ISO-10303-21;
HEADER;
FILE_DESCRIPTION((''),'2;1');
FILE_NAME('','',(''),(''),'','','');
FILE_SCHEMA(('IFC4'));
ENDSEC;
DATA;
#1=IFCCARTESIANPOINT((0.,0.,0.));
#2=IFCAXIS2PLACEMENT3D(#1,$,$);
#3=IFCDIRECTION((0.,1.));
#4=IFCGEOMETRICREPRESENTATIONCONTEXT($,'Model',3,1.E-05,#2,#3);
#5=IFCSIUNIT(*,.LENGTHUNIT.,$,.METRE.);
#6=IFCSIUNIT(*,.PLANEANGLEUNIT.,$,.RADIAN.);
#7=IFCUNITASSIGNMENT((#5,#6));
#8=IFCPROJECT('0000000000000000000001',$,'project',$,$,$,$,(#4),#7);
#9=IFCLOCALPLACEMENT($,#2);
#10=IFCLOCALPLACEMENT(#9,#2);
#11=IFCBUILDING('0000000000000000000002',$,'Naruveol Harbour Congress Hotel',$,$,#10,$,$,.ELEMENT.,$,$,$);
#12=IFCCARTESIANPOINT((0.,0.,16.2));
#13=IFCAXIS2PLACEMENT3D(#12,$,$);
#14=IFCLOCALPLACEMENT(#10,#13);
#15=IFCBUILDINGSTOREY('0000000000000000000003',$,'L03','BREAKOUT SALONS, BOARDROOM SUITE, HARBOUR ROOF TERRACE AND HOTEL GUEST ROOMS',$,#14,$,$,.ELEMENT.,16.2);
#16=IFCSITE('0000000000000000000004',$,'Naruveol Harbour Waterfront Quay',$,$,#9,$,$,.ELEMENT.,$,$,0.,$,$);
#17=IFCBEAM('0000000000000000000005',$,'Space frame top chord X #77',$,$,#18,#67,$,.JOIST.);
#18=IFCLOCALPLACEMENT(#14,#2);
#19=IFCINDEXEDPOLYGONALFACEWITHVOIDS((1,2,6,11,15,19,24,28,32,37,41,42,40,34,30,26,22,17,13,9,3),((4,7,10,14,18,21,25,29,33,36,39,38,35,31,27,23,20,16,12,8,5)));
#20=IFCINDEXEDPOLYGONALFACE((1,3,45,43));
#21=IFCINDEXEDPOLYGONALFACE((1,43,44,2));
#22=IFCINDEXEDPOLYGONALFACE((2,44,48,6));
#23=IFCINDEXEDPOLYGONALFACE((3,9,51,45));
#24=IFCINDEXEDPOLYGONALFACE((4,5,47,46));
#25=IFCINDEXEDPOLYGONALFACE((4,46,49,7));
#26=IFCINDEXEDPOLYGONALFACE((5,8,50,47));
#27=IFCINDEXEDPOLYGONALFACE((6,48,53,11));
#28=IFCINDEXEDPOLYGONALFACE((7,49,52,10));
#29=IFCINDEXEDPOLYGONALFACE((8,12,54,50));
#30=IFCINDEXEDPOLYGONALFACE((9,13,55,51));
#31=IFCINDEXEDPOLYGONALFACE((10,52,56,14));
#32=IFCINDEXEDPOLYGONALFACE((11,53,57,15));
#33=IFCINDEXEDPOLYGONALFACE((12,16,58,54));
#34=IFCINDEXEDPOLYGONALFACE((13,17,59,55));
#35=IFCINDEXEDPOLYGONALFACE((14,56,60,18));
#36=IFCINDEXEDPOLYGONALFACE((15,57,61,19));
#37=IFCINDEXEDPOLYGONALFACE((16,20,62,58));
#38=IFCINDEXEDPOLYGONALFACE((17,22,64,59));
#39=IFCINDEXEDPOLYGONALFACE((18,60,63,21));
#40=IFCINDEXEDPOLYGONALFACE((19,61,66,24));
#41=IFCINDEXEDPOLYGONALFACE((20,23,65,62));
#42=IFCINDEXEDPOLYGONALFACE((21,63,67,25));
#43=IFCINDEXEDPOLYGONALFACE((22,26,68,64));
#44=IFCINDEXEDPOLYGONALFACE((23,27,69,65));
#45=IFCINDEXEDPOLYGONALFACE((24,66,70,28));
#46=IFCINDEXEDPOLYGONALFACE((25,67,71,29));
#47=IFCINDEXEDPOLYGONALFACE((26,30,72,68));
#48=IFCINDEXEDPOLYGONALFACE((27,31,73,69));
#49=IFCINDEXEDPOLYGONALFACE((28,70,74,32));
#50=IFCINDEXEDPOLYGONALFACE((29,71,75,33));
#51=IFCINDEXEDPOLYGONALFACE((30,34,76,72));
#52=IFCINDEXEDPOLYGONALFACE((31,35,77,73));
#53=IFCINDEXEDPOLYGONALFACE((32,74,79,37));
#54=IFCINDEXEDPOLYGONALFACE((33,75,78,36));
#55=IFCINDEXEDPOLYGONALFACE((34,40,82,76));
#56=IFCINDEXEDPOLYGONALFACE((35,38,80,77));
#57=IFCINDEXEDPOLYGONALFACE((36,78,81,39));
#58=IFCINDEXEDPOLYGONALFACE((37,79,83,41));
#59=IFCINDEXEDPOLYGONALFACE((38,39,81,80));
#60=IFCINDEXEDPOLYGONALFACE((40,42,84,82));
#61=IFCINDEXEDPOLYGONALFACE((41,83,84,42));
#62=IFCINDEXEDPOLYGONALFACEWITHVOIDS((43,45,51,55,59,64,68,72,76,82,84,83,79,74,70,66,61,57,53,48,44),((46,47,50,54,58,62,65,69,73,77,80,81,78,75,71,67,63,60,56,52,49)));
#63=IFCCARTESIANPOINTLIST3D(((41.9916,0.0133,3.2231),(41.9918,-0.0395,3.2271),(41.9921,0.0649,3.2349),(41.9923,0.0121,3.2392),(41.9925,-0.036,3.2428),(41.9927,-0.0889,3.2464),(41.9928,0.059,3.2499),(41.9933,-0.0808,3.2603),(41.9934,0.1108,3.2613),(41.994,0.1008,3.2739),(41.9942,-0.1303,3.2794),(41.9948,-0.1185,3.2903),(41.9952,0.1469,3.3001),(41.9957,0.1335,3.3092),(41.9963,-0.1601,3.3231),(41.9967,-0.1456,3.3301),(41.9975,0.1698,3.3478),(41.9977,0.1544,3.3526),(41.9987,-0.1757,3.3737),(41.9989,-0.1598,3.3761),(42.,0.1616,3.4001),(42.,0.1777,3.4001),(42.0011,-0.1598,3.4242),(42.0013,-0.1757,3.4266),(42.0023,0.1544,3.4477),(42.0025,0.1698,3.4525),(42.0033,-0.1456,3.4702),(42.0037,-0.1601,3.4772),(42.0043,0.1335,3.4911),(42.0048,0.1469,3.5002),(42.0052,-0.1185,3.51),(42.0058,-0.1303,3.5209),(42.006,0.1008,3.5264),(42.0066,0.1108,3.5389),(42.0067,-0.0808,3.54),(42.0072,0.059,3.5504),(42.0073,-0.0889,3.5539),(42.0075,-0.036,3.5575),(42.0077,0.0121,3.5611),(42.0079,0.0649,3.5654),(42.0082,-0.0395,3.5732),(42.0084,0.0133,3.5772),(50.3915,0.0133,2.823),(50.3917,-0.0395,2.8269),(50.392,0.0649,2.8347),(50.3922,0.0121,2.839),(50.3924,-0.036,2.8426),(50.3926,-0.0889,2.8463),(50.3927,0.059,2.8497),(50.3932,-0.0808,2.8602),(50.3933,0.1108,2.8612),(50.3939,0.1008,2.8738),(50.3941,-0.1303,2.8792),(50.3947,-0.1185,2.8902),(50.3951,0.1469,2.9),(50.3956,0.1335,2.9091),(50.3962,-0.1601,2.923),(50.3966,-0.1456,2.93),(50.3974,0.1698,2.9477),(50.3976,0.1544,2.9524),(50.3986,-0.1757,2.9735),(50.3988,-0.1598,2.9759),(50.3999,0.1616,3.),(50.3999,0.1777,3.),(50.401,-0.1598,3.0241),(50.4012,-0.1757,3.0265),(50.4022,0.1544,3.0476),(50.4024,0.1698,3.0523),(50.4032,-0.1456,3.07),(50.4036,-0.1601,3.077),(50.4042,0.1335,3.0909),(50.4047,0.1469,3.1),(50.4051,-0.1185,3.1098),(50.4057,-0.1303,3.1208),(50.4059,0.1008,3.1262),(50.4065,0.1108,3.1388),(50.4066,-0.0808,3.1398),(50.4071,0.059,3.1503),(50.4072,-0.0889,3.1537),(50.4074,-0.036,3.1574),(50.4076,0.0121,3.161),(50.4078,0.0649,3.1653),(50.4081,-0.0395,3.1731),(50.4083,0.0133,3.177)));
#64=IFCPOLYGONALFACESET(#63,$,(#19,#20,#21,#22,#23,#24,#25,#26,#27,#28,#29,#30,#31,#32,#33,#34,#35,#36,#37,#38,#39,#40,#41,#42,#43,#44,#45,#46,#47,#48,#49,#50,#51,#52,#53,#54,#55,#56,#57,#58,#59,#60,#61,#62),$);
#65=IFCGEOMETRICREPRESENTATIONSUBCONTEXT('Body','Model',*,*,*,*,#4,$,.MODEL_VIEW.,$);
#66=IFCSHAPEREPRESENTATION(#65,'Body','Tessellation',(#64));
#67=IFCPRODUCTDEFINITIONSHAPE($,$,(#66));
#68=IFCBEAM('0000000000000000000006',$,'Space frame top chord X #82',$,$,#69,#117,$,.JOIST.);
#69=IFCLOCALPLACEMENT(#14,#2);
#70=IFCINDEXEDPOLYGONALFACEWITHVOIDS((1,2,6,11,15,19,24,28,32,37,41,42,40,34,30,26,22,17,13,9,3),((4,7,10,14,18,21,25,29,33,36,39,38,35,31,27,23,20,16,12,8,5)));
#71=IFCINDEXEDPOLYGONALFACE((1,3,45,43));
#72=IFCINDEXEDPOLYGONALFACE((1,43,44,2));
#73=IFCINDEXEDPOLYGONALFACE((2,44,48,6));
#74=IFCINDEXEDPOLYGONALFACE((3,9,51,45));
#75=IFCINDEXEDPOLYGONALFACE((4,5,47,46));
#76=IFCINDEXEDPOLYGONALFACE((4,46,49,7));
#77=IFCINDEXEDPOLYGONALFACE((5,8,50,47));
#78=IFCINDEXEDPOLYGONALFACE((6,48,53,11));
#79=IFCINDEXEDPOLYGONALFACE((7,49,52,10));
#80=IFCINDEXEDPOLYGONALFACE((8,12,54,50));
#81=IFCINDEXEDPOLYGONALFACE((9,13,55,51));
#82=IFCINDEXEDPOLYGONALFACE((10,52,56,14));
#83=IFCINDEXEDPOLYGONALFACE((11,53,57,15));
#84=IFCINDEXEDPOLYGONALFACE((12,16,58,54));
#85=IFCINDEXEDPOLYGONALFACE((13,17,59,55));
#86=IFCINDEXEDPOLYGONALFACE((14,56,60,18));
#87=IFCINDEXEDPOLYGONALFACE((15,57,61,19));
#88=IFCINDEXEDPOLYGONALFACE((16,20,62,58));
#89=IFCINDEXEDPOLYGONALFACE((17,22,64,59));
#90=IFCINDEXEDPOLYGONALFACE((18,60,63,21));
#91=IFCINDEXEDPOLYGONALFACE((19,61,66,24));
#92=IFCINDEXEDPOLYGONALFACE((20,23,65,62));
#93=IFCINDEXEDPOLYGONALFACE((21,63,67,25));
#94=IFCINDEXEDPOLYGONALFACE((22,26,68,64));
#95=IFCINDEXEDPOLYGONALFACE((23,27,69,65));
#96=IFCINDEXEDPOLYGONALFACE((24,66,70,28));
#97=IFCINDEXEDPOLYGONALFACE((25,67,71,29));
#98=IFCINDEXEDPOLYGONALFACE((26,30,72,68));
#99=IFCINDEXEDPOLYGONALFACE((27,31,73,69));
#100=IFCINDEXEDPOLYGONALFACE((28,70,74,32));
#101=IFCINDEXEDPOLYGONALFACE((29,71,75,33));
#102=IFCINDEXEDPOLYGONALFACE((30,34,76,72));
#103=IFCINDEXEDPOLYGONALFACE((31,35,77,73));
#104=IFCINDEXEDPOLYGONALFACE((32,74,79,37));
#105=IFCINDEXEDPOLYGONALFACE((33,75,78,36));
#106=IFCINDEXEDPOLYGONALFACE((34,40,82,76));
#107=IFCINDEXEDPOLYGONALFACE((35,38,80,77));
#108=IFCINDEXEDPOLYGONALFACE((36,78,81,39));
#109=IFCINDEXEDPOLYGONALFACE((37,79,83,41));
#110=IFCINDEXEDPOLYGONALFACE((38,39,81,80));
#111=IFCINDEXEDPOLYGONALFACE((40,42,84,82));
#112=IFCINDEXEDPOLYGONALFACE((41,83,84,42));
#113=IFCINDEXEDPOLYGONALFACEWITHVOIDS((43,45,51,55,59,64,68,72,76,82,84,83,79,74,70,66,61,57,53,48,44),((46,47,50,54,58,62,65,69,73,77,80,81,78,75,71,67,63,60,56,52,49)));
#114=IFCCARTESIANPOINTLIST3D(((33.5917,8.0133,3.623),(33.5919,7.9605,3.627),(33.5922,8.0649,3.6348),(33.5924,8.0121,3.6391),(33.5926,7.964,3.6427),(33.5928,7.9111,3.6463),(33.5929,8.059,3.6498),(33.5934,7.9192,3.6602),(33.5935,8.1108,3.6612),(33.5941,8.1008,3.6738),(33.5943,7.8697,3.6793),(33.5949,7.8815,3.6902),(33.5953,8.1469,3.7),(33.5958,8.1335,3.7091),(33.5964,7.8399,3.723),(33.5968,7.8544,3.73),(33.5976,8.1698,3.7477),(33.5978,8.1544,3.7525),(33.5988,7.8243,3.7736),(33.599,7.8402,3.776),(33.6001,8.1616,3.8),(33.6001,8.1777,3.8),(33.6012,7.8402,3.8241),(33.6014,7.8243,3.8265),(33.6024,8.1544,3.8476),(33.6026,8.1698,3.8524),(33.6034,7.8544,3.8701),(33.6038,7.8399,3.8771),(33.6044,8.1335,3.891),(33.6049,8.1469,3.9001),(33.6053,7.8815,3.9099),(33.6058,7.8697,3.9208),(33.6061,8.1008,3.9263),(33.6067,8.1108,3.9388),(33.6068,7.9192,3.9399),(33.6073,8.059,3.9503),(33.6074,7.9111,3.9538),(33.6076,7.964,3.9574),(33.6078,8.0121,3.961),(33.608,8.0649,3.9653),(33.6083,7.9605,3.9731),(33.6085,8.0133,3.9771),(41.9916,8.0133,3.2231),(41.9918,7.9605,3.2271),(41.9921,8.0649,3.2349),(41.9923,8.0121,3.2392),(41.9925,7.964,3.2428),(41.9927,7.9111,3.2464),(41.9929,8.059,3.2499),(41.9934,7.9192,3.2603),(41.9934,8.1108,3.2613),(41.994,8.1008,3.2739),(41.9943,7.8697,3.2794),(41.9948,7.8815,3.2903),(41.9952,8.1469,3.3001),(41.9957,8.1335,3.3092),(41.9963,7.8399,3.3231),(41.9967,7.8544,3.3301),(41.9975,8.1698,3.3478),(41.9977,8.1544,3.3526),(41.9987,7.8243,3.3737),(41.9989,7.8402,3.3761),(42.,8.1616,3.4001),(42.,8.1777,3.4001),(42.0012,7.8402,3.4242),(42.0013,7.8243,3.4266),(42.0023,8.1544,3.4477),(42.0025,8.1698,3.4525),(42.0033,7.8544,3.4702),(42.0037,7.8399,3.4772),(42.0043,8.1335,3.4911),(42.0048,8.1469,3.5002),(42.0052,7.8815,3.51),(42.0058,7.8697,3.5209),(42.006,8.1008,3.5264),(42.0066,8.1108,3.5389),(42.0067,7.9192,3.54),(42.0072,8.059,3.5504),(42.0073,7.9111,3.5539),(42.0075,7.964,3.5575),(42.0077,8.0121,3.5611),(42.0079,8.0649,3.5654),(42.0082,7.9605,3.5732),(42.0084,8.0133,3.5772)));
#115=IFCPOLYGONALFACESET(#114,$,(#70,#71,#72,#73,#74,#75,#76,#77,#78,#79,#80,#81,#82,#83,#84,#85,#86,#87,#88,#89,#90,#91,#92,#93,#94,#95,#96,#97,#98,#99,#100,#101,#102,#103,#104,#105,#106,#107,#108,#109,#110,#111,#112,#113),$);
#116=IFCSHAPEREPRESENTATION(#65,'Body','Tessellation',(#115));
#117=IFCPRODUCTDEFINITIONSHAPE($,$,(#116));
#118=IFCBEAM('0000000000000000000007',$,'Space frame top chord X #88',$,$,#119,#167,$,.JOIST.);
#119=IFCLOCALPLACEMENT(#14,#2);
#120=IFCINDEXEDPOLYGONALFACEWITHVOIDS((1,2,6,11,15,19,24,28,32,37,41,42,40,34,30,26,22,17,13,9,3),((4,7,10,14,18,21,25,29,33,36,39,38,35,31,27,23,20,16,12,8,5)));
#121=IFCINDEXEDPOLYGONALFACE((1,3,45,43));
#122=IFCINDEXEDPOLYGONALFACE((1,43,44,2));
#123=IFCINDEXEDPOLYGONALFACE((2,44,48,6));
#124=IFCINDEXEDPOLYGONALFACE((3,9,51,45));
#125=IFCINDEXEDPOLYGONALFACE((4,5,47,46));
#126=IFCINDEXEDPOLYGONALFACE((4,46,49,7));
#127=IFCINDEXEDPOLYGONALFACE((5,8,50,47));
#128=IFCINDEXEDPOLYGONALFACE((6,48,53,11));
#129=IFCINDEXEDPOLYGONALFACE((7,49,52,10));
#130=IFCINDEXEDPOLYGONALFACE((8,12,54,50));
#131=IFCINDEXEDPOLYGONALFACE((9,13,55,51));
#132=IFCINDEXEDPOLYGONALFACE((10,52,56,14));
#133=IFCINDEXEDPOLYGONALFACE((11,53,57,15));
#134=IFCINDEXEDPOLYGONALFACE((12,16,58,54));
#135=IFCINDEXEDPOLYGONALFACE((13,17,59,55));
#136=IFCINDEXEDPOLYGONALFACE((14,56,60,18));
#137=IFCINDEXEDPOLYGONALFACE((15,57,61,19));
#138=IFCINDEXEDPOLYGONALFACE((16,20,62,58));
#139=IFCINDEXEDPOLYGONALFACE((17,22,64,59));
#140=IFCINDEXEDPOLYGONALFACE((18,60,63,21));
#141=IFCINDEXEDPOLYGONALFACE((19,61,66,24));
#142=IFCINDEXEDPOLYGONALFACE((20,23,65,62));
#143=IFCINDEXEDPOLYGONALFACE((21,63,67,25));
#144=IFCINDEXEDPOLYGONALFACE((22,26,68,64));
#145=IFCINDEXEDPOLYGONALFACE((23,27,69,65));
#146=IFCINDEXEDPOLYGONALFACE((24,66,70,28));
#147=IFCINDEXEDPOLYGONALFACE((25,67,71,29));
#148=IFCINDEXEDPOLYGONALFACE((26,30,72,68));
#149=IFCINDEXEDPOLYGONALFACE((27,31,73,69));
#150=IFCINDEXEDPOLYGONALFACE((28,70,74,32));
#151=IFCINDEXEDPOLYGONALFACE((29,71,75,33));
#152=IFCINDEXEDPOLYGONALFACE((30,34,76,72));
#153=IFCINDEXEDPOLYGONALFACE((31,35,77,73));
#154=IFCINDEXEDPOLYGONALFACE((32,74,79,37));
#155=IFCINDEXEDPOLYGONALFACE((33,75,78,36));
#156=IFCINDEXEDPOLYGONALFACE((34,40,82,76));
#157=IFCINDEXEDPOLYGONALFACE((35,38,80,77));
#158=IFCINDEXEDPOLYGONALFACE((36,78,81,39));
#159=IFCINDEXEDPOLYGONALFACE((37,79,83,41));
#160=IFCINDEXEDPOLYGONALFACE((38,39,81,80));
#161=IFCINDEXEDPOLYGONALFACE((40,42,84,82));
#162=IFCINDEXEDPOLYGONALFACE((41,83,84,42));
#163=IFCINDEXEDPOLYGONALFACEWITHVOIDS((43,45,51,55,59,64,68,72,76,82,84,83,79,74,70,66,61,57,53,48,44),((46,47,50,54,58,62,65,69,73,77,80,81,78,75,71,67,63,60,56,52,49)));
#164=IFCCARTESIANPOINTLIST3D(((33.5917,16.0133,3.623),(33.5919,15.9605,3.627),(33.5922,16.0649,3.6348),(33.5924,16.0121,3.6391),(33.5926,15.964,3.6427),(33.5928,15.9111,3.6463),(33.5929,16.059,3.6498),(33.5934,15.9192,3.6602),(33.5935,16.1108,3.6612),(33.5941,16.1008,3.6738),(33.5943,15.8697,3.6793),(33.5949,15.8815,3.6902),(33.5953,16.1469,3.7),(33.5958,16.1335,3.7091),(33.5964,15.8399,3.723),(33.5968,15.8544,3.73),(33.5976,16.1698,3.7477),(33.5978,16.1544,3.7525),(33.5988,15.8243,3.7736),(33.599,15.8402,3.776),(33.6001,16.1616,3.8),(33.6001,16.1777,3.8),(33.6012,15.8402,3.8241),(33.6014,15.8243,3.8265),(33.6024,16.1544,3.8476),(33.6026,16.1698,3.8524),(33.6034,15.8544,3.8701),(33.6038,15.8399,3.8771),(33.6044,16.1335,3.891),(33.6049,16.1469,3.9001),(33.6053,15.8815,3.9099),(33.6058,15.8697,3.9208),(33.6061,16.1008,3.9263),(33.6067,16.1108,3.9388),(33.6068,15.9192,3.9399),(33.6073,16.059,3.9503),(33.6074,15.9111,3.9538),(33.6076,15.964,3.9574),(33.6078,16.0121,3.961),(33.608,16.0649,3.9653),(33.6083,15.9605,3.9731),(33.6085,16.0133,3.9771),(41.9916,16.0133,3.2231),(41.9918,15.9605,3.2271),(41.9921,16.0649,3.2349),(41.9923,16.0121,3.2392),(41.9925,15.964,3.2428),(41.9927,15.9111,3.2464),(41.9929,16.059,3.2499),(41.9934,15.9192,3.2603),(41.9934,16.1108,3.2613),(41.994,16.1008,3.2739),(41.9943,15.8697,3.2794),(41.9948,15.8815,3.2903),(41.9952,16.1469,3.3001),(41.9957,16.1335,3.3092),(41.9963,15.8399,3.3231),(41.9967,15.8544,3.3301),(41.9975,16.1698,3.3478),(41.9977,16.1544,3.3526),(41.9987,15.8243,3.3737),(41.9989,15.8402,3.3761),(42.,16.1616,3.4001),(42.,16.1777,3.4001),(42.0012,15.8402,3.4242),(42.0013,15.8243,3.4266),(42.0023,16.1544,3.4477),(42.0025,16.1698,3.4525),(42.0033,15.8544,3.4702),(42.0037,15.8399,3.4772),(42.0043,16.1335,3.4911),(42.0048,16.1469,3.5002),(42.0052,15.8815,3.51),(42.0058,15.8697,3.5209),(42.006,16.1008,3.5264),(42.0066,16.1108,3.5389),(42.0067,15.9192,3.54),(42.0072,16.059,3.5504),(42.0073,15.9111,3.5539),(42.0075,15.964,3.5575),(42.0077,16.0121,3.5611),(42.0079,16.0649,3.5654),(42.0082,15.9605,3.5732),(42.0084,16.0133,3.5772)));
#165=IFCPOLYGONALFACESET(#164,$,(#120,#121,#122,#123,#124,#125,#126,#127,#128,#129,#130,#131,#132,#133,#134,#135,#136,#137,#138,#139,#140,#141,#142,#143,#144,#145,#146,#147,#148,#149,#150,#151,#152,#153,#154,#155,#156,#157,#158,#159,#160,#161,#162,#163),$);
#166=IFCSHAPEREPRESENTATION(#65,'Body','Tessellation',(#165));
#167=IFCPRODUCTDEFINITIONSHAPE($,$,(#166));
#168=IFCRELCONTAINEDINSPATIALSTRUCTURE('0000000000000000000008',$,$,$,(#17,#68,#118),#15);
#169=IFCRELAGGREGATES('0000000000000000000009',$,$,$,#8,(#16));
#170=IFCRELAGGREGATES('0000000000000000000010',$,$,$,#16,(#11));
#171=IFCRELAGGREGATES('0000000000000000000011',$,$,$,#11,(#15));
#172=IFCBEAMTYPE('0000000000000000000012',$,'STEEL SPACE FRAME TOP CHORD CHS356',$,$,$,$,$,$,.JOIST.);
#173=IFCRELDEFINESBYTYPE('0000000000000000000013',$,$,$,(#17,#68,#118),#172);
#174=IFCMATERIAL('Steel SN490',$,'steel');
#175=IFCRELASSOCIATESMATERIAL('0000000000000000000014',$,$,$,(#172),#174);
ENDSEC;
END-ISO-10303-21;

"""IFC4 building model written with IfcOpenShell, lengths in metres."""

from ifc_helpers import new_model, si_unit, direction, frame, origin, origin_2d, place, context, subcontext, project, spatial, hollow_circle, extrude, material, material_profile, profile_set, type_object, element, save


model = new_model("IFC4")

# Units and contexts
model_context = context("Model", 3, precision=1e-05, world=origin(), true_north=direction((0.0, 1.0)))
body_context = subcontext(model_context, "Body", "Model", "MODEL_VIEW")
ifc_project = project(units=[si_unit("LENGTHUNIT", "METRE"), si_unit("PLANEANGLEUNIT", "RADIAN")], contexts=[model_context])

# Site, building, storey
site_placement = place(None, origin())
site = spatial("IfcSite", under=ifc_project, at=site_placement, Name="Naruveol Harbour Waterfront Quay", CompositionType="ELEMENT", RefElevation=0.0)
building_placement = place(site_placement, origin())
building = spatial("IfcBuilding", under=site, at=building_placement, Name="Naruveol Harbour Congress Hotel", CompositionType="ELEMENT")
storey_placement = place(building_placement, frame((0.0, 0.0, 16.2)))
storey = spatial("IfcBuildingStorey", under=building, at=storey_placement, Name="L03", Description="BREAKOUT SALONS, BOARDROOM SUITE, HARBOUR ROOF TERRACE AND HOTEL GUEST ROOMS", CompositionType="ELEMENT", Elevation=16.2)

# Beams
ifc_material_1 = material(Name="Steel SN490", Category="steel")
ifc_material_profile_1 = material_profile(ifc_material_1, hollow_circle(Radius=0.1777, WallThickness=0.0161, at=origin_2d()), Name="CHS-355.6x16")
ifc_profile_set_1 = profile_set([ifc_material_profile_1], Name="Steel SN490")
beam_type_1 = type_object("IfcBeamType", Name="STEEL SPACE FRAME TOP CHORD CHS356", PredefinedType="JOIST", material=ifc_profile_set_1)
for number, where, z_axis, x_axis, name in (
    (1, (42.0, 0.0, 3.4001), (0.998867, 0.0, -0.047583), (0.0, 1.0, 0.0), "Space frame top chord X #77"),
    (2, (33.6001, 8.0, 3.8), (0.998869, 0.0, -0.047554), (0.0, 1.0, 0.0), "Space frame top chord X #82"),
    (3, (33.6001, 16.0, 3.8), (0.998869, 0.0, -0.047554), (0.0, 1.0, 0.0), "Space frame top chord X #88"),
):
    element("IfcBeam", number, at=place(storey_placement, frame(where, z_axis=z_axis, x_axis=x_axis)), inside=storey, type_object=beam_type_1, Name=name, PredefinedType="JOIST", context=body_context, shape_type="SweptSolid", body=[
        extrude(hollow_circle(Radius=0.1777, WallThickness=0.0161, at=origin_2d()), origin(), (0.0, 0.0, 1.0), 8.4094),
    ])

save(model, "model.ifc")
